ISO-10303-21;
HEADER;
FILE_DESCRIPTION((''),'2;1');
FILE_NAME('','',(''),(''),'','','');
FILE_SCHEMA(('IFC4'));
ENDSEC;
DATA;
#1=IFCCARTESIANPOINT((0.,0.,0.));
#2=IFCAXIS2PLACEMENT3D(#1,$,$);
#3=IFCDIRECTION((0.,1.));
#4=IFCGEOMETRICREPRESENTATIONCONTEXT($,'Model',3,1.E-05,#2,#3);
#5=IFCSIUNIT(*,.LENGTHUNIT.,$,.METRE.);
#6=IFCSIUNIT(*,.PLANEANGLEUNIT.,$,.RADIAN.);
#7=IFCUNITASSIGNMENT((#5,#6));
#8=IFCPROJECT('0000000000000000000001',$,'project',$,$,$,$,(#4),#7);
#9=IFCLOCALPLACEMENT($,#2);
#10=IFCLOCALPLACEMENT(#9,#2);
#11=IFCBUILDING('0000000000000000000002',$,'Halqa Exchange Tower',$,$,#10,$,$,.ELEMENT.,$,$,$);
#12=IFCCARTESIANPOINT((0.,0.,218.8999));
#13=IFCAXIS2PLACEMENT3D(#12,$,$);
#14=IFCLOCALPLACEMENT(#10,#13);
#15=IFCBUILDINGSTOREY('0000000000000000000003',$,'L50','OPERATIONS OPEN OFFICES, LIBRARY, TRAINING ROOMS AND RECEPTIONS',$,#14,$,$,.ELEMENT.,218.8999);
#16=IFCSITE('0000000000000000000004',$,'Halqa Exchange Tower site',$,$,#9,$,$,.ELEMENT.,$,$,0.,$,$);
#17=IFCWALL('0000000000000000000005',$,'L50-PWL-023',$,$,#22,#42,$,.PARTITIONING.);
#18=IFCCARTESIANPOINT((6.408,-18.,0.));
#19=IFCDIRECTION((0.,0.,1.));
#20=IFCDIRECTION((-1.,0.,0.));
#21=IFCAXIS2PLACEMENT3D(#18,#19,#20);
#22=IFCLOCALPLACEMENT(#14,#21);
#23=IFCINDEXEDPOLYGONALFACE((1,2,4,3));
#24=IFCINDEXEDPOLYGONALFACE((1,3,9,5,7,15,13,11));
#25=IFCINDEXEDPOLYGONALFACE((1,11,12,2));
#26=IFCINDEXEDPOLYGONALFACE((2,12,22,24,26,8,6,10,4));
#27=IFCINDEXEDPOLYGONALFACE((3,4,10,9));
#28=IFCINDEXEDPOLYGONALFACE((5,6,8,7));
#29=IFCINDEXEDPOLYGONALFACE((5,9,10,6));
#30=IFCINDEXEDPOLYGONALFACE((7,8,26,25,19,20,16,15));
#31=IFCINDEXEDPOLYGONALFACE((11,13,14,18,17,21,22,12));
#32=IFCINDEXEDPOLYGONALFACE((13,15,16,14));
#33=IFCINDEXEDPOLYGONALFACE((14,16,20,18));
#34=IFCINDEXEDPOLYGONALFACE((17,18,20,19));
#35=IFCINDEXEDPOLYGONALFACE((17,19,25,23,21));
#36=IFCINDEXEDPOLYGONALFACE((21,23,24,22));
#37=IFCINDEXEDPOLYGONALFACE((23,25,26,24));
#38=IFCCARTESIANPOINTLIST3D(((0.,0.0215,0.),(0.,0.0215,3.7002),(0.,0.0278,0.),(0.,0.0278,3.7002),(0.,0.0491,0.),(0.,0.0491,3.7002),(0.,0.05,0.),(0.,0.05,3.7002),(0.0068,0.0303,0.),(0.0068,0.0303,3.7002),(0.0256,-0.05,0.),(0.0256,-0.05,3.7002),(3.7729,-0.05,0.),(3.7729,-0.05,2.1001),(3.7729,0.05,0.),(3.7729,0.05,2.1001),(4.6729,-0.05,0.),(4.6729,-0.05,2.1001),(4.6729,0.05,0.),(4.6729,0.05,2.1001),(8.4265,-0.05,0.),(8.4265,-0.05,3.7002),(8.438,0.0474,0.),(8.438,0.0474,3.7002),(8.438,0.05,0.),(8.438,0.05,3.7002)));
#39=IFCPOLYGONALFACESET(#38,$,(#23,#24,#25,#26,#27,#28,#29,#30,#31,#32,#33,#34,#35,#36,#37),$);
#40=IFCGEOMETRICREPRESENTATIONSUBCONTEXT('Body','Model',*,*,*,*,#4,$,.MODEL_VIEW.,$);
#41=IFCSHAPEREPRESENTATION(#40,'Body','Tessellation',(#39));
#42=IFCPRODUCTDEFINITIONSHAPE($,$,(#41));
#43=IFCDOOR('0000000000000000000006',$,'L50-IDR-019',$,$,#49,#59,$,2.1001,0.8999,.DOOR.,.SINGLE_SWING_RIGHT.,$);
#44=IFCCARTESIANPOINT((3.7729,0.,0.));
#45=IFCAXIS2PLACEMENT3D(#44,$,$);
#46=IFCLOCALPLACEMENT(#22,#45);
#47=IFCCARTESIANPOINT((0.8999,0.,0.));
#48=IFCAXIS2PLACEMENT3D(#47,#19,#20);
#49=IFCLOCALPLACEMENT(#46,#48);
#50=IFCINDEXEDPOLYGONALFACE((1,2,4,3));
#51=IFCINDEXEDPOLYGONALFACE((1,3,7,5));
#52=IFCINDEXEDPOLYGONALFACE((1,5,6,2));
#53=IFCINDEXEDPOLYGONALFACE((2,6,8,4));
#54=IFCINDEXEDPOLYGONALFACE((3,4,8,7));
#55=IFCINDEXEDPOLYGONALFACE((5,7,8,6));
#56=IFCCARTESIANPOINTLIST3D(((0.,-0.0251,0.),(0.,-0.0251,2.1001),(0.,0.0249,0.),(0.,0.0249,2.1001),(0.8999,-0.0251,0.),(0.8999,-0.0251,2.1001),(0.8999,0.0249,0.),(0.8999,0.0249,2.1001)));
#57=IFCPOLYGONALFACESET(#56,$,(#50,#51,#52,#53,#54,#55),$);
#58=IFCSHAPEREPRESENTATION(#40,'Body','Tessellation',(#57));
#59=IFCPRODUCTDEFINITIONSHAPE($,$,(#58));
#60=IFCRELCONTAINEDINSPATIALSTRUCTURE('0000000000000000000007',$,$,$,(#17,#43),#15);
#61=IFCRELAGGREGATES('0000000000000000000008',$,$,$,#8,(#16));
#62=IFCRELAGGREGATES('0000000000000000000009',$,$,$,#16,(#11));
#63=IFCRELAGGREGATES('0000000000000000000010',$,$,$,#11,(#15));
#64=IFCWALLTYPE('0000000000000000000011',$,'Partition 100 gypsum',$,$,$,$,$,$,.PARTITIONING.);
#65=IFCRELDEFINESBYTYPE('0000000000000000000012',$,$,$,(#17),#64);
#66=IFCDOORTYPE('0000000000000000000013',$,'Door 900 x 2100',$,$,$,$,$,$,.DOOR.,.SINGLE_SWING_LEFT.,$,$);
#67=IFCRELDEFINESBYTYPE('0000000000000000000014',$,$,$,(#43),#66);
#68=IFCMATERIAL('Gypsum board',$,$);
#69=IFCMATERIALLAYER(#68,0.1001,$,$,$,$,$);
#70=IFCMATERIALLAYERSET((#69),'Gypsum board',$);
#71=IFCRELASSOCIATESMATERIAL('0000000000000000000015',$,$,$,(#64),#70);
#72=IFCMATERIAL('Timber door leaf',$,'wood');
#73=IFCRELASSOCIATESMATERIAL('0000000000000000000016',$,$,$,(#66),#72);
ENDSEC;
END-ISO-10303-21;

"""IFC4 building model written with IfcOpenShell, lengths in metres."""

from ifc_helpers import new_model, si_unit, direction, frame, frame_2d, origin, place, context, subcontext, project, spatial, polyline, rectangle, outline, extrude, material, layer, layer_set, type_object, element, fill, save


model = new_model("IFC4")

# Units and contexts
model_context = context("Model", 3, precision=1e-05, world=origin(), true_north=direction((0.0, 1.0)))
body_context = subcontext(model_context, "Body", "Model", "MODEL_VIEW")
ifc_project = project(units=[si_unit("LENGTHUNIT", "METRE"), si_unit("PLANEANGLEUNIT", "RADIAN")], contexts=[model_context])

# Site, building, storey
site_placement = place(None, origin())
site = spatial("IfcSite", under=ifc_project, at=site_placement, Name="Halqa Exchange Tower site", CompositionType="ELEMENT", RefElevation=0.0)
building_placement = place(site_placement, origin())
building = spatial("IfcBuilding", under=site, at=building_placement, Name="Halqa Exchange Tower", CompositionType="ELEMENT")
storey_placement = place(building_placement, frame((0.0, 0.0, 218.8999)))
storey = spatial("IfcBuildingStorey", under=building, at=storey_placement, Name="L50", Description="OPERATIONS OPEN OFFICES, LIBRARY, TRAINING ROOMS AND RECEPTIONS", CompositionType="ELEMENT", Elevation=218.8999)

# Wall, opening, door
ifc_material_1 = material(Name="Gypsum board")
ifc_layer_1 = layer(ifc_material_1, 0.1001)
ifc_layer_set_1 = layer_set([ifc_layer_1], Name="Gypsum board")
wall_type_1 = type_object("IfcWallType", Name="Partition 100 gypsum", PredefinedType="PARTITIONING", material=ifc_layer_set_1)
wall_1_placement = place(storey_placement, frame((6.408, -18.0, 0.0), z_axis=(0.0, 0.0, 1.0), x_axis=(-1.0, 0.0, 0.0)))
wall_1 = element("IfcWall", 1, at=wall_1_placement, inside=storey, type_object=wall_type_1, Name="L50-PWL-023", PredefinedType="PARTITIONING", context=body_context, shape_type="SweptSolid", body=[
    extrude(outline(polyline([(0.0256, -0.05), (1.7058, -0.05), (3.386, -0.05), (5.0662, -0.05), (6.7463, -0.05), (8.4265, -0.05), (8.438, 0.0474), (8.438, 0.05), (6.7505, 0.05), (5.0627, 0.05), (3.3752, 0.05), (1.6875, 0.05), (0.0, 0.05), (0.0, 0.0491), (0.0068, 0.0303), (0.0, 0.0278), (0.0, 0.0215), (0.0256, -0.05)])), origin(), (0.0, 0.0, 1.0), 3.7002),
])
opening_1_placement = place(wall_1_placement, frame((3.7729, 0.0, 0.0)))
opening_1 = element("IfcOpeningElement", 2, at=opening_1_placement, cuts=wall_1, PredefinedType="OPENING", context=body_context, shape_type="SweptSolid", body=[
    extrude(rectangle(XDim=0.8999, YDim=2.1001, at=frame_2d((0.45, 1.05))), frame((0.0, 0.062, 0.0), z_axis=(0.0, -1.0, 0.0), x_axis=(1.0, 0.0, 0.0)), (0.0, 0.0, 1.0), 0.124),
])
ifc_material_2 = material(Name="Timber door leaf", Category="wood")
door_type = type_object("IfcDoorType", Name="Door 900 x 2100", OperationType="SINGLE_SWING_LEFT", PredefinedType="DOOR", material=ifc_material_2)
door_placement = place(opening_1_placement, frame((0.8999, 0.0, 0.0), z_axis=(0.0, 0.0, 1.0), x_axis=(-1.0, 0.0, 0.0)))
door = element("IfcDoor", 3, at=door_placement, inside=storey, type_object=door_type, Name="L50-IDR-019", OperationType="SINGLE_SWING_RIGHT", OverallHeight=2.1001, OverallWidth=0.8999, PredefinedType="DOOR", context=body_context, shape_type="SweptSolid", body=[
    extrude(rectangle(XDim=0.8999, YDim=2.1001, at=frame_2d((0.45, 1.05))), frame((0.0, 0.0249, 0.0), z_axis=(0.0, -1.0, 0.0), x_axis=(1.0, 0.0, 0.0)), (0.0, 0.0, 1.0), 0.05),
])
fill(opening_1, door)

save(model, "model.ifc")
